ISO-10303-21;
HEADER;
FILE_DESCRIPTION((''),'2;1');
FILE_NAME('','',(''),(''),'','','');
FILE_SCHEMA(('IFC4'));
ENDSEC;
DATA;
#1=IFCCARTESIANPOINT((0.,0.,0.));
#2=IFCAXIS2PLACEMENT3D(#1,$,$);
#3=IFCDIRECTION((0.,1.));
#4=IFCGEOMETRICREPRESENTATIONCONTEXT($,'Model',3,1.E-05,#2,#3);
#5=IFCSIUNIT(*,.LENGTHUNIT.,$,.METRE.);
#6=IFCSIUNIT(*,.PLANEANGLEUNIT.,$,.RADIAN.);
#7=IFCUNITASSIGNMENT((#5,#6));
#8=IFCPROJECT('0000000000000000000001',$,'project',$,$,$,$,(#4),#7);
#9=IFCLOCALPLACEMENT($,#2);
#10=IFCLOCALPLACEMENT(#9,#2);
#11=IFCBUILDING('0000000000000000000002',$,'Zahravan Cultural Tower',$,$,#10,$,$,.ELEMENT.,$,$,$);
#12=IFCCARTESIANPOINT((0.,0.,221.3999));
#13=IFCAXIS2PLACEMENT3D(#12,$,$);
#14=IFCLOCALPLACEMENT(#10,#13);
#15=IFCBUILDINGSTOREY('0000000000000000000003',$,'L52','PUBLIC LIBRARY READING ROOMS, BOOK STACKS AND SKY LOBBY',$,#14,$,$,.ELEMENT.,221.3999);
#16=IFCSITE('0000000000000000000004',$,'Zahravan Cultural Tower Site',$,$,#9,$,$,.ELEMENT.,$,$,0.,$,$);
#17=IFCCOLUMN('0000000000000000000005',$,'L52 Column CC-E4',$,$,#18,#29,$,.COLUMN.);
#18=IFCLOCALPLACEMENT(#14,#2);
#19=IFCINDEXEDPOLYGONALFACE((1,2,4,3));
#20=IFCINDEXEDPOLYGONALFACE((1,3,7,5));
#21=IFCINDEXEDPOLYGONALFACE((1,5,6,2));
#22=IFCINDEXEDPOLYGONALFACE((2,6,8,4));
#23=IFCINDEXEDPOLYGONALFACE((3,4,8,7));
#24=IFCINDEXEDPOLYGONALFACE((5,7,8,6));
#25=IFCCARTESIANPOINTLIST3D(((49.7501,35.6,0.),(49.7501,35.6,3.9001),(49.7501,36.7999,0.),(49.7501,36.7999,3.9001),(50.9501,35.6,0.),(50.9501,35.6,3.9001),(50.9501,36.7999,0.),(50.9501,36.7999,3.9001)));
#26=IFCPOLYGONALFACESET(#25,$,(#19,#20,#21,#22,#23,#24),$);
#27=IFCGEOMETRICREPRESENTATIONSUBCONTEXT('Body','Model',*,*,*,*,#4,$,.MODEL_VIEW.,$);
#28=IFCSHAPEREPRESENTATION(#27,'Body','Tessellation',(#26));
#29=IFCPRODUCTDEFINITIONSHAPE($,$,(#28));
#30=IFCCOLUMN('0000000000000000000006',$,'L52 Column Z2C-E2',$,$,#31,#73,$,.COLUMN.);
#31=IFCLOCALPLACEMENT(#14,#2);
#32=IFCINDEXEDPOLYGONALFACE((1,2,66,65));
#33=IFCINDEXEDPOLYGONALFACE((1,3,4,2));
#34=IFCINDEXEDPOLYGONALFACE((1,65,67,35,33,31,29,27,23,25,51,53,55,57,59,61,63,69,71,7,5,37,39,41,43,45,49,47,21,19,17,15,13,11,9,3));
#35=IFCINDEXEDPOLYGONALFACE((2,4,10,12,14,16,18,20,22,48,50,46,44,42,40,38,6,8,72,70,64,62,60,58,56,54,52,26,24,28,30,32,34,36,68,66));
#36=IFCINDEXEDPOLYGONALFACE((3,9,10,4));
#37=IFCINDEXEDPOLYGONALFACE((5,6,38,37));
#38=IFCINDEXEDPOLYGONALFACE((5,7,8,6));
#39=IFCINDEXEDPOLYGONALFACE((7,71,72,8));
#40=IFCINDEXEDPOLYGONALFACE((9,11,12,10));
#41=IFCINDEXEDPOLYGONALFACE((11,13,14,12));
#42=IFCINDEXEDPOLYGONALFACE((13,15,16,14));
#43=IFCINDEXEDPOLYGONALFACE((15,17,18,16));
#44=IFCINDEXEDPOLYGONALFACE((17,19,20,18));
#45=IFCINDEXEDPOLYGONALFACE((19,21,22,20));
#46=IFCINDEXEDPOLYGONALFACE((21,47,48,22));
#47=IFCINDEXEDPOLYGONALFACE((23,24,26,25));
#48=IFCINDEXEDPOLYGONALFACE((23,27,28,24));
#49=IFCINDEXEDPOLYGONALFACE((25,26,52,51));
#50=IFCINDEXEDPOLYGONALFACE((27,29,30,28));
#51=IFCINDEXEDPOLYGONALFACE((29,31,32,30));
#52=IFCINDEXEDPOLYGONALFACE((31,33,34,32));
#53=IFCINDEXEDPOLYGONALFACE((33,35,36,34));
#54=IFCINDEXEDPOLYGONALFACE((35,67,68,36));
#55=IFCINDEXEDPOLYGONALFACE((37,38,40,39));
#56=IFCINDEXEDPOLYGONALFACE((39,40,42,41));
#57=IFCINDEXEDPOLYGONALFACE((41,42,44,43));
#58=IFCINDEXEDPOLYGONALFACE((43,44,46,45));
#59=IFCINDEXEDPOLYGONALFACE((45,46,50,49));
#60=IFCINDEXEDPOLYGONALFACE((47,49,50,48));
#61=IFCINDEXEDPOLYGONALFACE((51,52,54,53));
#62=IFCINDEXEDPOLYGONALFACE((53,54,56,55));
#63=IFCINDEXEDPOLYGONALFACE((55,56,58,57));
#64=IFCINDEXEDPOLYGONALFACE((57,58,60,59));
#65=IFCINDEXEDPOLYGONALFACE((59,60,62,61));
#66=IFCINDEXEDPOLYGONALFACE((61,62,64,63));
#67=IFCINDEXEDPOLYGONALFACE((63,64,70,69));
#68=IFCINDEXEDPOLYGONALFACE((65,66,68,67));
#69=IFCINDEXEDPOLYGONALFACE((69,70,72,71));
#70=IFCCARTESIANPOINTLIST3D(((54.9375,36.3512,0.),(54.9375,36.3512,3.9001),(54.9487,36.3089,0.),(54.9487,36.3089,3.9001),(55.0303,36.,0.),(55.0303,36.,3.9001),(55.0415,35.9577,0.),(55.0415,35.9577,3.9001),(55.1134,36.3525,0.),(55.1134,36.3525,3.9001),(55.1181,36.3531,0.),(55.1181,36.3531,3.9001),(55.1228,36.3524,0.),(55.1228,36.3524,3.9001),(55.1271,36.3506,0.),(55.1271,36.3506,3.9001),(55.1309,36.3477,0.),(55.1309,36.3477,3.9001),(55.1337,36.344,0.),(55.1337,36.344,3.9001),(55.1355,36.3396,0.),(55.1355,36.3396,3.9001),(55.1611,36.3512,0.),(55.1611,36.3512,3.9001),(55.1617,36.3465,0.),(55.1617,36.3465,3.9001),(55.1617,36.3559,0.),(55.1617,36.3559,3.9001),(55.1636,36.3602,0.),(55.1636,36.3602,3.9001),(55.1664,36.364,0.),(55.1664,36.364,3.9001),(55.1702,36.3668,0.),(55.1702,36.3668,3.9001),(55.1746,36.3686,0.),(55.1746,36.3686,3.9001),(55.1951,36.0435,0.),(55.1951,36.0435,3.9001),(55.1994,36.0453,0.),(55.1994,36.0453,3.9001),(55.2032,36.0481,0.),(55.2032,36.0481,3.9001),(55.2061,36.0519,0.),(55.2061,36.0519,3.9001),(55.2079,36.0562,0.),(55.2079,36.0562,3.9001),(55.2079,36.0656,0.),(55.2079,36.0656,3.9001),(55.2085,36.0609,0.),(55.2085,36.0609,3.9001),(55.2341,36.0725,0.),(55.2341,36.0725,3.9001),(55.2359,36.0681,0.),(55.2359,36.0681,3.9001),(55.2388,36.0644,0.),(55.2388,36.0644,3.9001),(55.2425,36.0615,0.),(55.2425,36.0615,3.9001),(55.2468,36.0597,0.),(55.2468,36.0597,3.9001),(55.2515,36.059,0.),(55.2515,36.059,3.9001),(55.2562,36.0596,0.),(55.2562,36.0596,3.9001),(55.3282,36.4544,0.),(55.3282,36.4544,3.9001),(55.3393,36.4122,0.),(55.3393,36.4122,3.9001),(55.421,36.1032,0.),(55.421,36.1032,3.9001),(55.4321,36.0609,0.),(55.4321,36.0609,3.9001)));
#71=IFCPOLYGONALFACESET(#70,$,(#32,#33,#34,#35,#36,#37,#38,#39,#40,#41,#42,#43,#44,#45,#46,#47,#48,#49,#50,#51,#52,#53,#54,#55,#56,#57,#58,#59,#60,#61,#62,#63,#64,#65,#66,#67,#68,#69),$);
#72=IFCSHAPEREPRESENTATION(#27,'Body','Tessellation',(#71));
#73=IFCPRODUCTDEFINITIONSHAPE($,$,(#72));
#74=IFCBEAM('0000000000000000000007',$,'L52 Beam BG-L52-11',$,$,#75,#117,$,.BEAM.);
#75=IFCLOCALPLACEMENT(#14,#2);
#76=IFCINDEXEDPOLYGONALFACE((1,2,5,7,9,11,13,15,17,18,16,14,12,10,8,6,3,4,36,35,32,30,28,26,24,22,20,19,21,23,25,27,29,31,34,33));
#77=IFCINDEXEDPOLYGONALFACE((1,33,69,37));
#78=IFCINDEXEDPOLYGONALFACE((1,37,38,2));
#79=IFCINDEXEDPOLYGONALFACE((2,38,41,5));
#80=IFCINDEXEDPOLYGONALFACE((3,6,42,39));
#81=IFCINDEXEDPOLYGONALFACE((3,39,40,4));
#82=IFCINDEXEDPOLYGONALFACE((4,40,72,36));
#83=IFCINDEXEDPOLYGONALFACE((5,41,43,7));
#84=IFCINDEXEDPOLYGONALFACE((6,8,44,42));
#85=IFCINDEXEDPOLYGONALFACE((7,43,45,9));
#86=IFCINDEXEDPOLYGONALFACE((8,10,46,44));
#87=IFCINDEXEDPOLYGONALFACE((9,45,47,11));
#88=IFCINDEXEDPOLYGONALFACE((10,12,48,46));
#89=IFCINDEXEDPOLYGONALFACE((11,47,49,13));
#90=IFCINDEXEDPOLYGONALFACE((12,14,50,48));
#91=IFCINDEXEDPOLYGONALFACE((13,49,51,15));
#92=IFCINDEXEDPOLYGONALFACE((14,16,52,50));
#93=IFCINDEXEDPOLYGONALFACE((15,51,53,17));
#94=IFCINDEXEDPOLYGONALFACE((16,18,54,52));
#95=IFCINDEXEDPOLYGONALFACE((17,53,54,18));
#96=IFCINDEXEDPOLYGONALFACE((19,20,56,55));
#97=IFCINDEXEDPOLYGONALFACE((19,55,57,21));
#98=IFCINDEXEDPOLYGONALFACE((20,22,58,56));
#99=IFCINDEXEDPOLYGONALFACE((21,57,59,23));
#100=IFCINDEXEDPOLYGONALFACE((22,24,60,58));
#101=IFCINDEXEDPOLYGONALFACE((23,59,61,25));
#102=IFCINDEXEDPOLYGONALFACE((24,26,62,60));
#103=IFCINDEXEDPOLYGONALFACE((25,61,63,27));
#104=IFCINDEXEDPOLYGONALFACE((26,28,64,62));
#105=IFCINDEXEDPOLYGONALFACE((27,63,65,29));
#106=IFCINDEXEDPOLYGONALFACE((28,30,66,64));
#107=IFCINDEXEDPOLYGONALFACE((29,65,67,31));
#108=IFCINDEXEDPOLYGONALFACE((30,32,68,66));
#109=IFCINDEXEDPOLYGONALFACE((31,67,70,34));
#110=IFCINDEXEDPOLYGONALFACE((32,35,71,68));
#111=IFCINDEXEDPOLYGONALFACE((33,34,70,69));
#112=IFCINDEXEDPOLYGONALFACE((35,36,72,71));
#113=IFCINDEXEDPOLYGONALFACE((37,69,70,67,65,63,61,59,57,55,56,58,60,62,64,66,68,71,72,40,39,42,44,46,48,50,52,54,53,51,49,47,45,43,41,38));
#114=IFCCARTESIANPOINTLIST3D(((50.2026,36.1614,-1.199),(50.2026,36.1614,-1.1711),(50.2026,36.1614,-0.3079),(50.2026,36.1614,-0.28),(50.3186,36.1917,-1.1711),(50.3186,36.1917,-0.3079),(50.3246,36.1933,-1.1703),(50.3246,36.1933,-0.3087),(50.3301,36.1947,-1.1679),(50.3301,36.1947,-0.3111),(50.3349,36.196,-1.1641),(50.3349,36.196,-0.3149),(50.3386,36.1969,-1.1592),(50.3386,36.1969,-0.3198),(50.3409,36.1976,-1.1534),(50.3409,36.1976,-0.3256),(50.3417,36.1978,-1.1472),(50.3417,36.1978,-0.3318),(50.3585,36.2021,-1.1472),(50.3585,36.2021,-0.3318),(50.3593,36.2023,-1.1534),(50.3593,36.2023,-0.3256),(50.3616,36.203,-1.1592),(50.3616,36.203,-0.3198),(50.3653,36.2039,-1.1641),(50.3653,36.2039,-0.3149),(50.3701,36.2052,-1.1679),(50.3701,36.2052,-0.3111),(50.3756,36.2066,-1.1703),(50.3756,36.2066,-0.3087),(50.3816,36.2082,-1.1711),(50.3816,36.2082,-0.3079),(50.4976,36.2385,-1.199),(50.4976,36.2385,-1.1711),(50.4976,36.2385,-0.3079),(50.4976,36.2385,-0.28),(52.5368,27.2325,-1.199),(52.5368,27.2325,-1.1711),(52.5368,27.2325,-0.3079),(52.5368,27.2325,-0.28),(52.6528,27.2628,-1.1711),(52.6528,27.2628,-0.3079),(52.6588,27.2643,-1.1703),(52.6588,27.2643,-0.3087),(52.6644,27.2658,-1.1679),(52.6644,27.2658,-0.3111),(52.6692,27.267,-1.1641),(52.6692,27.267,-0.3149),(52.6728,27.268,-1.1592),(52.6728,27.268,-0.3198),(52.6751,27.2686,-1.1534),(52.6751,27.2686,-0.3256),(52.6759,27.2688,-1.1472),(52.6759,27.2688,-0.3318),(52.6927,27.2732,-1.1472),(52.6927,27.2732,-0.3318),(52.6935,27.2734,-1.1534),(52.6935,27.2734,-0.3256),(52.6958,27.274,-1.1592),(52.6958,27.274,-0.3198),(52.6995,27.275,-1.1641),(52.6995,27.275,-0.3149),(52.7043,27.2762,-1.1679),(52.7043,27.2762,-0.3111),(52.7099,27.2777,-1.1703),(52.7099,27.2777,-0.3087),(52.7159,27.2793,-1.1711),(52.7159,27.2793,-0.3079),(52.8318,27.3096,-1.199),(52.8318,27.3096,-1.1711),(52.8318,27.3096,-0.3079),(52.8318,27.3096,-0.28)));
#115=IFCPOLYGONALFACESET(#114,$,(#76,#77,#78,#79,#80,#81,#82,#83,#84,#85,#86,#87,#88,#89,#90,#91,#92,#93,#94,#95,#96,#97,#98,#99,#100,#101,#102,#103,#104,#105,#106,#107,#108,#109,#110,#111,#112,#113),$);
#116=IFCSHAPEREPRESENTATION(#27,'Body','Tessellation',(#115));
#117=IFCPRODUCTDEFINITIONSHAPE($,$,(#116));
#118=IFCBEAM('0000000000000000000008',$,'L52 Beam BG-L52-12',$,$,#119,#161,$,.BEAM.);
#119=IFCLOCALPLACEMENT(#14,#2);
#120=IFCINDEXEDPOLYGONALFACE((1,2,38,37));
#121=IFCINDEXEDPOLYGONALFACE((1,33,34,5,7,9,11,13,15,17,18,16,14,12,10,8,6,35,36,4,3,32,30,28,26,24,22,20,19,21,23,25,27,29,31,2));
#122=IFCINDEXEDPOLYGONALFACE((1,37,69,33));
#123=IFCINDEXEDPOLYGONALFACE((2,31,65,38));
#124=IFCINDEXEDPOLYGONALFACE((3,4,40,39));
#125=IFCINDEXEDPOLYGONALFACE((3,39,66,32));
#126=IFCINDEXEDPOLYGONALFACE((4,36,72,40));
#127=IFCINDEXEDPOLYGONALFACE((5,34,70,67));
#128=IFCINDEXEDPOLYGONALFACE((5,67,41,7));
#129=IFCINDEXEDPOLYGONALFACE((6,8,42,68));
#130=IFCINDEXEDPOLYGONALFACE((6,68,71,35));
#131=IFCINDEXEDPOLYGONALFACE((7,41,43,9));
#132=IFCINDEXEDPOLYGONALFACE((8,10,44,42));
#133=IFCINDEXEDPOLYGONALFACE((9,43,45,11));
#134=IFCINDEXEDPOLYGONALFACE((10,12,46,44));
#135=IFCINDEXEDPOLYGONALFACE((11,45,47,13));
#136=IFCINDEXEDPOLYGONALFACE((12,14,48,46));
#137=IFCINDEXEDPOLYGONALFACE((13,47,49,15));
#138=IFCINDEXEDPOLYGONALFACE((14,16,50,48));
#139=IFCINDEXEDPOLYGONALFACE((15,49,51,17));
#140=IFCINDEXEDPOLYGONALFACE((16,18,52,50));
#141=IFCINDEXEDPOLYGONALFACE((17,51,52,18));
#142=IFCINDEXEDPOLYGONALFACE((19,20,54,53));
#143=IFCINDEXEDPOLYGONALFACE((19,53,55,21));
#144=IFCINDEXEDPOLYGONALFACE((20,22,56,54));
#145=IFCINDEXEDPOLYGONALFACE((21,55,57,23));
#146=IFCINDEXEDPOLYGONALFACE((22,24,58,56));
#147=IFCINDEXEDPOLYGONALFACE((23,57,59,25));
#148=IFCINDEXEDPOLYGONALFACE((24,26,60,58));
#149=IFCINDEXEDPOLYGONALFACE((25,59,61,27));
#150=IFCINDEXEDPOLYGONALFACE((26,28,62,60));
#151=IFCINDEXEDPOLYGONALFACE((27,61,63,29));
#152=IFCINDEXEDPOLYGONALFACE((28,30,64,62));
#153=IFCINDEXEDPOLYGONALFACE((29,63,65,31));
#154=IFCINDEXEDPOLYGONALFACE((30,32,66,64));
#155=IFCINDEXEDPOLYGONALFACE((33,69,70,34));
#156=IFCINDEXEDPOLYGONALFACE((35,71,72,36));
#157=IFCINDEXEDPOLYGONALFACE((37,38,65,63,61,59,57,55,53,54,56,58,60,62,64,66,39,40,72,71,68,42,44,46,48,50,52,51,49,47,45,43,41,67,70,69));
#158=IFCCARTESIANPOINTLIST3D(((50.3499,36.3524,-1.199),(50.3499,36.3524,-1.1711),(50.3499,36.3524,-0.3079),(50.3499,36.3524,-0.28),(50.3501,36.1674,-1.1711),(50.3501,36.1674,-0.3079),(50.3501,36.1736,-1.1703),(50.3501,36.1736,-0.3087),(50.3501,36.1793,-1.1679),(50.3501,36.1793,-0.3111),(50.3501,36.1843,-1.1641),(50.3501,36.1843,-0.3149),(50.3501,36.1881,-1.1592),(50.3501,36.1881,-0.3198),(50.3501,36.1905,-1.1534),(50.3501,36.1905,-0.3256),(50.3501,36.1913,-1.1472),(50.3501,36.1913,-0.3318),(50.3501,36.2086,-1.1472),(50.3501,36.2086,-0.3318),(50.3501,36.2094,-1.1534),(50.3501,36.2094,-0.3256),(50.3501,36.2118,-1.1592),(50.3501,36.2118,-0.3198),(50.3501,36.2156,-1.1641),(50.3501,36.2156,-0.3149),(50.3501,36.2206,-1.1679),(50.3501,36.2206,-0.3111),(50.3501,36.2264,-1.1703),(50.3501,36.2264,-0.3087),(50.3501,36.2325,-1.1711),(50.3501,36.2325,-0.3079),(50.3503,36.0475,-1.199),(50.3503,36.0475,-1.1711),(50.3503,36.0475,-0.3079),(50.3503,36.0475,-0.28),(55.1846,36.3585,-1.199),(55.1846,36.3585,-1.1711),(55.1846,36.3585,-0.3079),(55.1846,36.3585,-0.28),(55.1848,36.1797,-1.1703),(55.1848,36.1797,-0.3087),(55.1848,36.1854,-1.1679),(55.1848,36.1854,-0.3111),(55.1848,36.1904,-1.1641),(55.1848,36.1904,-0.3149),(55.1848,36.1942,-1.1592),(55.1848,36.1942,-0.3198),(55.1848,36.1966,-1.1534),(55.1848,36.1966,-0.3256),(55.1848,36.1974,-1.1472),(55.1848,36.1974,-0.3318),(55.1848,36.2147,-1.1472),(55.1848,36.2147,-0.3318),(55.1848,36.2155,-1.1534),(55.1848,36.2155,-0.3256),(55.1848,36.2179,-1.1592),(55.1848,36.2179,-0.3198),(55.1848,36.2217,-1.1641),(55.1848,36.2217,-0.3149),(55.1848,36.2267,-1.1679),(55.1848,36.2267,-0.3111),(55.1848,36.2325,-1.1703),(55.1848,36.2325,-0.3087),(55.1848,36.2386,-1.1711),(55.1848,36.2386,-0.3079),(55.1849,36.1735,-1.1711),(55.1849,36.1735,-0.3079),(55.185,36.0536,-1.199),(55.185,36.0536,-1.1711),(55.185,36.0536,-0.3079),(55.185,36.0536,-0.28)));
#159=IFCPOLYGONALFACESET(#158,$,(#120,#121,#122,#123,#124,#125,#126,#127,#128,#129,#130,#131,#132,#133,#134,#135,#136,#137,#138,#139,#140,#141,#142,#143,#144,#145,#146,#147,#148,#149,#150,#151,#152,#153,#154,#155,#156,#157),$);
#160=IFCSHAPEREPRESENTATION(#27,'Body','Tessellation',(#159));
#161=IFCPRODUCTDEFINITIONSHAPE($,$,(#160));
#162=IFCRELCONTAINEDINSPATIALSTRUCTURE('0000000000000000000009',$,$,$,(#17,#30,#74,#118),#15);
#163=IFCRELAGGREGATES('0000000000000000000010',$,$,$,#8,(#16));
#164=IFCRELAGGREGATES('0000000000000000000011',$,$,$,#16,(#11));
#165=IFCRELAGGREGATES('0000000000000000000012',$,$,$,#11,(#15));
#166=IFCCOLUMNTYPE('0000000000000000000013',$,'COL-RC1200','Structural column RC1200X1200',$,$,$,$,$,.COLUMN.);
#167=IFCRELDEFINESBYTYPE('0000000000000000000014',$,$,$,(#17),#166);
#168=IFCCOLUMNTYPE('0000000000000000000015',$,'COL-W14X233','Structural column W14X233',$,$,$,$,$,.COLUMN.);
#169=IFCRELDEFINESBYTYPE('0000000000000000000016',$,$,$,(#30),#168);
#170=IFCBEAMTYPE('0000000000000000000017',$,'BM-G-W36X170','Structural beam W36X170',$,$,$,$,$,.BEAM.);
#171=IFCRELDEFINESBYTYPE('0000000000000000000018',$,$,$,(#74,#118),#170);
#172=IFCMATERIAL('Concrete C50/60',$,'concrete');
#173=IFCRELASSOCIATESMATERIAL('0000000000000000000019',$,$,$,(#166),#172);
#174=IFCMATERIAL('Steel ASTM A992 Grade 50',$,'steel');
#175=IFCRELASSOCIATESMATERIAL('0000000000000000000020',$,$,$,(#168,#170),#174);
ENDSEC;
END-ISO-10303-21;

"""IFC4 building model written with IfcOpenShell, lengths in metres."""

from ifc_helpers import new_model, si_unit, direction, frame, origin, origin_2d, place, context, subcontext, project, spatial, rectangle, i_section, extrude, source, transform, mapped, material, material_profile, profile_set, type_object, element, save


model = new_model("IFC4")

# Units and contexts
model_context = context("Model", 3, precision=1e-05, world=origin(), true_north=direction((0.0, 1.0)))
body_context = subcontext(model_context, "Body", "Model", "MODEL_VIEW")
ifc_project = project(units=[si_unit("LENGTHUNIT", "METRE"), si_unit("PLANEANGLEUNIT", "RADIAN")], contexts=[model_context])

# Site, building, storey
site_placement = place(None, origin())
site = spatial("IfcSite", under=ifc_project, at=site_placement, Name="Zahravan Cultural Tower Site", CompositionType="ELEMENT", RefElevation=0.0)
building_placement = place(site_placement, origin())
building = spatial("IfcBuilding", under=site, at=building_placement, Name="Zahravan Cultural Tower", CompositionType="ELEMENT")
storey_placement = place(building_placement, frame((0.0, 0.0, 221.3999)))
storey = spatial("IfcBuildingStorey", under=building, at=storey_placement, Name="L52", Description="PUBLIC LIBRARY READING ROOMS, BOOK STACKS AND SKY LOBBY", CompositionType="ELEMENT", Elevation=221.3999)

# Columns
ifc_material_1 = material(Name="Concrete C50/60", Category="concrete")
ifc_material_profile_1 = material_profile(ifc_material_1, rectangle(XDim=1.2, YDim=1.2, at=origin_2d()), Name="RC1200X1200")
ifc_profile_set_1 = profile_set([ifc_material_profile_1], Name="Concrete C50/60")
column_type_1 = type_object("IfcColumnType", Name="COL-RC1200", Description="Structural column RC1200X1200", PredefinedType="COLUMN", material=ifc_profile_set_1)
shared_shape_1 = source(origin(), body_context, "Body", "SweptSolid", [
    extrude(rectangle(XDim=1.2, YDim=1.2, at=origin_2d()), origin(), (0.0, 0.0, 1.0), 3.9001),
])
column_1_placement = place(storey_placement, frame((50.3501, 36.2, 0.0), z_axis=(0.0, 0.0, 1.0), x_axis=(1.0, 0.0, 0.0)))
element("IfcColumn", 1, at=column_1_placement, inside=storey, type_object=column_type_1, Name="L52 Column CC-E4", PredefinedType="COLUMN", context=body_context, shape_type="MappedRepresentation", body=[
    mapped(shared_shape_1, transform((0.0, 0.0, 0.0), x_axis=(1.0, 0.0, 0.0), y_axis=(0.0, 1.0, 0.0), z_axis=(0.0, 0.0, 1.0), scale=1.0)),
])
ifc_material_2 = material(Name="Steel ASTM A992 Grade 50", Category="steel")
ifc_material_profile_2 = material_profile(ifc_material_2, i_section(OverallWidth=0.4041, OverallDepth=0.407, WebThickness=0.0271, FlangeThickness=0.0437, FilletRadius=0.0181, at=origin_2d()), Name="W14X233")
ifc_profile_set_2 = profile_set([ifc_material_profile_2], Name="Steel ASTM A992 Grade 50")
column_type_2 = type_object("IfcColumnType", Name="COL-W14X233", Description="Structural column W14X233", PredefinedType="COLUMN", material=ifc_profile_set_2)
shared_shape_2 = source(origin(), body_context, "Body", "SweptSolid", [
    extrude(i_section(OverallWidth=0.4041, OverallDepth=0.407, WebThickness=0.0271, FlangeThickness=0.0437, FilletRadius=0.0181, at=origin_2d()), origin(), (0.0, 0.0, 1.0), 3.9001),
])
column_2_placement = place(storey_placement, frame((55.1848, 36.2061, 0.0), z_axis=(0.0, 0.0, 1.0), x_axis=(0.966823, 0.255446, 0.0)))
element("IfcColumn", 2, at=column_2_placement, inside=storey, type_object=column_type_2, Name="L52 Column Z2C-E2", PredefinedType="COLUMN", context=body_context, shape_type="MappedRepresentation", body=[
    mapped(shared_shape_2, transform((0.0, 0.0, 0.0), x_axis=(1.0, 0.0, 0.0), y_axis=(0.0, 1.0, 0.0), z_axis=(0.0, 0.0, 1.0), scale=1.0)),
])

# Beams
ifc_material_profile_3 = material_profile(ifc_material_2, i_section(OverallWidth=0.3049, OverallDepth=0.9189, WebThickness=0.0173, FlangeThickness=0.0278, FilletRadius=0.0239, at=origin_2d()), Name="W36X170")
ifc_profile_set_3 = profile_set([ifc_material_profile_3], Name="Steel ASTM A992 Grade 50")
beam_type_1 = type_object("IfcBeamType", Name="BM-G-W36X170", Description="Structural beam W36X170", PredefinedType="BEAM", material=ifc_profile_set_3)
shared_shape_3 = source(origin(), body_context, "Body", "SweptSolid", [
    extrude(i_section(OverallWidth=0.3049, OverallDepth=0.9189, WebThickness=0.0173, FlangeThickness=0.0278, FilletRadius=0.0239, at=origin_2d()), origin(), (0.0, 0.0, 1.0), 9.229),
])
beam_1_placement = place(storey_placement, frame((50.3501, 36.2, -0.7395), z_axis=(0.252923, -0.967487, 0.0), x_axis=(0.967487, 0.252923, 0.0)))
element("IfcBeam", 3, at=beam_1_placement, inside=storey, type_object=beam_type_1, Name="L52 Beam BG-L52-11", PredefinedType="BEAM", context=body_context, shape_type="MappedRepresentation", body=[
    mapped(shared_shape_3, transform((0.0, 0.0, 0.0), x_axis=(1.0, 0.0, 0.0), y_axis=(0.0, 1.0, 0.0), z_axis=(0.0, 0.0, 1.0), scale=1.0)),
])
shared_shape_4 = source(origin(), body_context, "Body", "SweptSolid", [
    extrude(i_section(OverallWidth=0.3049, OverallDepth=0.9189, WebThickness=0.0173, FlangeThickness=0.0278, FilletRadius=0.0239, at=origin_2d()), origin(), (0.0, 0.0, 1.0), 4.8347),
])
beam_2_placement = place(storey_placement, frame((50.3501, 36.2, -0.7395), z_axis=(0.999999, 0.001262, 0.0), x_axis=(-0.001262, 0.999999, 0.0)))
element("IfcBeam", 4, at=beam_2_placement, inside=storey, type_object=beam_type_1, Name="L52 Beam BG-L52-12", PredefinedType="BEAM", context=body_context, shape_type="MappedRepresentation", body=[
    mapped(shared_shape_4, transform((0.0, 0.0, 0.0), x_axis=(1.0, 0.0, 0.0), y_axis=(0.0, 1.0, 0.0), z_axis=(0.0, 0.0, 1.0), scale=1.0)),
])

save(model, "model.ifc")
